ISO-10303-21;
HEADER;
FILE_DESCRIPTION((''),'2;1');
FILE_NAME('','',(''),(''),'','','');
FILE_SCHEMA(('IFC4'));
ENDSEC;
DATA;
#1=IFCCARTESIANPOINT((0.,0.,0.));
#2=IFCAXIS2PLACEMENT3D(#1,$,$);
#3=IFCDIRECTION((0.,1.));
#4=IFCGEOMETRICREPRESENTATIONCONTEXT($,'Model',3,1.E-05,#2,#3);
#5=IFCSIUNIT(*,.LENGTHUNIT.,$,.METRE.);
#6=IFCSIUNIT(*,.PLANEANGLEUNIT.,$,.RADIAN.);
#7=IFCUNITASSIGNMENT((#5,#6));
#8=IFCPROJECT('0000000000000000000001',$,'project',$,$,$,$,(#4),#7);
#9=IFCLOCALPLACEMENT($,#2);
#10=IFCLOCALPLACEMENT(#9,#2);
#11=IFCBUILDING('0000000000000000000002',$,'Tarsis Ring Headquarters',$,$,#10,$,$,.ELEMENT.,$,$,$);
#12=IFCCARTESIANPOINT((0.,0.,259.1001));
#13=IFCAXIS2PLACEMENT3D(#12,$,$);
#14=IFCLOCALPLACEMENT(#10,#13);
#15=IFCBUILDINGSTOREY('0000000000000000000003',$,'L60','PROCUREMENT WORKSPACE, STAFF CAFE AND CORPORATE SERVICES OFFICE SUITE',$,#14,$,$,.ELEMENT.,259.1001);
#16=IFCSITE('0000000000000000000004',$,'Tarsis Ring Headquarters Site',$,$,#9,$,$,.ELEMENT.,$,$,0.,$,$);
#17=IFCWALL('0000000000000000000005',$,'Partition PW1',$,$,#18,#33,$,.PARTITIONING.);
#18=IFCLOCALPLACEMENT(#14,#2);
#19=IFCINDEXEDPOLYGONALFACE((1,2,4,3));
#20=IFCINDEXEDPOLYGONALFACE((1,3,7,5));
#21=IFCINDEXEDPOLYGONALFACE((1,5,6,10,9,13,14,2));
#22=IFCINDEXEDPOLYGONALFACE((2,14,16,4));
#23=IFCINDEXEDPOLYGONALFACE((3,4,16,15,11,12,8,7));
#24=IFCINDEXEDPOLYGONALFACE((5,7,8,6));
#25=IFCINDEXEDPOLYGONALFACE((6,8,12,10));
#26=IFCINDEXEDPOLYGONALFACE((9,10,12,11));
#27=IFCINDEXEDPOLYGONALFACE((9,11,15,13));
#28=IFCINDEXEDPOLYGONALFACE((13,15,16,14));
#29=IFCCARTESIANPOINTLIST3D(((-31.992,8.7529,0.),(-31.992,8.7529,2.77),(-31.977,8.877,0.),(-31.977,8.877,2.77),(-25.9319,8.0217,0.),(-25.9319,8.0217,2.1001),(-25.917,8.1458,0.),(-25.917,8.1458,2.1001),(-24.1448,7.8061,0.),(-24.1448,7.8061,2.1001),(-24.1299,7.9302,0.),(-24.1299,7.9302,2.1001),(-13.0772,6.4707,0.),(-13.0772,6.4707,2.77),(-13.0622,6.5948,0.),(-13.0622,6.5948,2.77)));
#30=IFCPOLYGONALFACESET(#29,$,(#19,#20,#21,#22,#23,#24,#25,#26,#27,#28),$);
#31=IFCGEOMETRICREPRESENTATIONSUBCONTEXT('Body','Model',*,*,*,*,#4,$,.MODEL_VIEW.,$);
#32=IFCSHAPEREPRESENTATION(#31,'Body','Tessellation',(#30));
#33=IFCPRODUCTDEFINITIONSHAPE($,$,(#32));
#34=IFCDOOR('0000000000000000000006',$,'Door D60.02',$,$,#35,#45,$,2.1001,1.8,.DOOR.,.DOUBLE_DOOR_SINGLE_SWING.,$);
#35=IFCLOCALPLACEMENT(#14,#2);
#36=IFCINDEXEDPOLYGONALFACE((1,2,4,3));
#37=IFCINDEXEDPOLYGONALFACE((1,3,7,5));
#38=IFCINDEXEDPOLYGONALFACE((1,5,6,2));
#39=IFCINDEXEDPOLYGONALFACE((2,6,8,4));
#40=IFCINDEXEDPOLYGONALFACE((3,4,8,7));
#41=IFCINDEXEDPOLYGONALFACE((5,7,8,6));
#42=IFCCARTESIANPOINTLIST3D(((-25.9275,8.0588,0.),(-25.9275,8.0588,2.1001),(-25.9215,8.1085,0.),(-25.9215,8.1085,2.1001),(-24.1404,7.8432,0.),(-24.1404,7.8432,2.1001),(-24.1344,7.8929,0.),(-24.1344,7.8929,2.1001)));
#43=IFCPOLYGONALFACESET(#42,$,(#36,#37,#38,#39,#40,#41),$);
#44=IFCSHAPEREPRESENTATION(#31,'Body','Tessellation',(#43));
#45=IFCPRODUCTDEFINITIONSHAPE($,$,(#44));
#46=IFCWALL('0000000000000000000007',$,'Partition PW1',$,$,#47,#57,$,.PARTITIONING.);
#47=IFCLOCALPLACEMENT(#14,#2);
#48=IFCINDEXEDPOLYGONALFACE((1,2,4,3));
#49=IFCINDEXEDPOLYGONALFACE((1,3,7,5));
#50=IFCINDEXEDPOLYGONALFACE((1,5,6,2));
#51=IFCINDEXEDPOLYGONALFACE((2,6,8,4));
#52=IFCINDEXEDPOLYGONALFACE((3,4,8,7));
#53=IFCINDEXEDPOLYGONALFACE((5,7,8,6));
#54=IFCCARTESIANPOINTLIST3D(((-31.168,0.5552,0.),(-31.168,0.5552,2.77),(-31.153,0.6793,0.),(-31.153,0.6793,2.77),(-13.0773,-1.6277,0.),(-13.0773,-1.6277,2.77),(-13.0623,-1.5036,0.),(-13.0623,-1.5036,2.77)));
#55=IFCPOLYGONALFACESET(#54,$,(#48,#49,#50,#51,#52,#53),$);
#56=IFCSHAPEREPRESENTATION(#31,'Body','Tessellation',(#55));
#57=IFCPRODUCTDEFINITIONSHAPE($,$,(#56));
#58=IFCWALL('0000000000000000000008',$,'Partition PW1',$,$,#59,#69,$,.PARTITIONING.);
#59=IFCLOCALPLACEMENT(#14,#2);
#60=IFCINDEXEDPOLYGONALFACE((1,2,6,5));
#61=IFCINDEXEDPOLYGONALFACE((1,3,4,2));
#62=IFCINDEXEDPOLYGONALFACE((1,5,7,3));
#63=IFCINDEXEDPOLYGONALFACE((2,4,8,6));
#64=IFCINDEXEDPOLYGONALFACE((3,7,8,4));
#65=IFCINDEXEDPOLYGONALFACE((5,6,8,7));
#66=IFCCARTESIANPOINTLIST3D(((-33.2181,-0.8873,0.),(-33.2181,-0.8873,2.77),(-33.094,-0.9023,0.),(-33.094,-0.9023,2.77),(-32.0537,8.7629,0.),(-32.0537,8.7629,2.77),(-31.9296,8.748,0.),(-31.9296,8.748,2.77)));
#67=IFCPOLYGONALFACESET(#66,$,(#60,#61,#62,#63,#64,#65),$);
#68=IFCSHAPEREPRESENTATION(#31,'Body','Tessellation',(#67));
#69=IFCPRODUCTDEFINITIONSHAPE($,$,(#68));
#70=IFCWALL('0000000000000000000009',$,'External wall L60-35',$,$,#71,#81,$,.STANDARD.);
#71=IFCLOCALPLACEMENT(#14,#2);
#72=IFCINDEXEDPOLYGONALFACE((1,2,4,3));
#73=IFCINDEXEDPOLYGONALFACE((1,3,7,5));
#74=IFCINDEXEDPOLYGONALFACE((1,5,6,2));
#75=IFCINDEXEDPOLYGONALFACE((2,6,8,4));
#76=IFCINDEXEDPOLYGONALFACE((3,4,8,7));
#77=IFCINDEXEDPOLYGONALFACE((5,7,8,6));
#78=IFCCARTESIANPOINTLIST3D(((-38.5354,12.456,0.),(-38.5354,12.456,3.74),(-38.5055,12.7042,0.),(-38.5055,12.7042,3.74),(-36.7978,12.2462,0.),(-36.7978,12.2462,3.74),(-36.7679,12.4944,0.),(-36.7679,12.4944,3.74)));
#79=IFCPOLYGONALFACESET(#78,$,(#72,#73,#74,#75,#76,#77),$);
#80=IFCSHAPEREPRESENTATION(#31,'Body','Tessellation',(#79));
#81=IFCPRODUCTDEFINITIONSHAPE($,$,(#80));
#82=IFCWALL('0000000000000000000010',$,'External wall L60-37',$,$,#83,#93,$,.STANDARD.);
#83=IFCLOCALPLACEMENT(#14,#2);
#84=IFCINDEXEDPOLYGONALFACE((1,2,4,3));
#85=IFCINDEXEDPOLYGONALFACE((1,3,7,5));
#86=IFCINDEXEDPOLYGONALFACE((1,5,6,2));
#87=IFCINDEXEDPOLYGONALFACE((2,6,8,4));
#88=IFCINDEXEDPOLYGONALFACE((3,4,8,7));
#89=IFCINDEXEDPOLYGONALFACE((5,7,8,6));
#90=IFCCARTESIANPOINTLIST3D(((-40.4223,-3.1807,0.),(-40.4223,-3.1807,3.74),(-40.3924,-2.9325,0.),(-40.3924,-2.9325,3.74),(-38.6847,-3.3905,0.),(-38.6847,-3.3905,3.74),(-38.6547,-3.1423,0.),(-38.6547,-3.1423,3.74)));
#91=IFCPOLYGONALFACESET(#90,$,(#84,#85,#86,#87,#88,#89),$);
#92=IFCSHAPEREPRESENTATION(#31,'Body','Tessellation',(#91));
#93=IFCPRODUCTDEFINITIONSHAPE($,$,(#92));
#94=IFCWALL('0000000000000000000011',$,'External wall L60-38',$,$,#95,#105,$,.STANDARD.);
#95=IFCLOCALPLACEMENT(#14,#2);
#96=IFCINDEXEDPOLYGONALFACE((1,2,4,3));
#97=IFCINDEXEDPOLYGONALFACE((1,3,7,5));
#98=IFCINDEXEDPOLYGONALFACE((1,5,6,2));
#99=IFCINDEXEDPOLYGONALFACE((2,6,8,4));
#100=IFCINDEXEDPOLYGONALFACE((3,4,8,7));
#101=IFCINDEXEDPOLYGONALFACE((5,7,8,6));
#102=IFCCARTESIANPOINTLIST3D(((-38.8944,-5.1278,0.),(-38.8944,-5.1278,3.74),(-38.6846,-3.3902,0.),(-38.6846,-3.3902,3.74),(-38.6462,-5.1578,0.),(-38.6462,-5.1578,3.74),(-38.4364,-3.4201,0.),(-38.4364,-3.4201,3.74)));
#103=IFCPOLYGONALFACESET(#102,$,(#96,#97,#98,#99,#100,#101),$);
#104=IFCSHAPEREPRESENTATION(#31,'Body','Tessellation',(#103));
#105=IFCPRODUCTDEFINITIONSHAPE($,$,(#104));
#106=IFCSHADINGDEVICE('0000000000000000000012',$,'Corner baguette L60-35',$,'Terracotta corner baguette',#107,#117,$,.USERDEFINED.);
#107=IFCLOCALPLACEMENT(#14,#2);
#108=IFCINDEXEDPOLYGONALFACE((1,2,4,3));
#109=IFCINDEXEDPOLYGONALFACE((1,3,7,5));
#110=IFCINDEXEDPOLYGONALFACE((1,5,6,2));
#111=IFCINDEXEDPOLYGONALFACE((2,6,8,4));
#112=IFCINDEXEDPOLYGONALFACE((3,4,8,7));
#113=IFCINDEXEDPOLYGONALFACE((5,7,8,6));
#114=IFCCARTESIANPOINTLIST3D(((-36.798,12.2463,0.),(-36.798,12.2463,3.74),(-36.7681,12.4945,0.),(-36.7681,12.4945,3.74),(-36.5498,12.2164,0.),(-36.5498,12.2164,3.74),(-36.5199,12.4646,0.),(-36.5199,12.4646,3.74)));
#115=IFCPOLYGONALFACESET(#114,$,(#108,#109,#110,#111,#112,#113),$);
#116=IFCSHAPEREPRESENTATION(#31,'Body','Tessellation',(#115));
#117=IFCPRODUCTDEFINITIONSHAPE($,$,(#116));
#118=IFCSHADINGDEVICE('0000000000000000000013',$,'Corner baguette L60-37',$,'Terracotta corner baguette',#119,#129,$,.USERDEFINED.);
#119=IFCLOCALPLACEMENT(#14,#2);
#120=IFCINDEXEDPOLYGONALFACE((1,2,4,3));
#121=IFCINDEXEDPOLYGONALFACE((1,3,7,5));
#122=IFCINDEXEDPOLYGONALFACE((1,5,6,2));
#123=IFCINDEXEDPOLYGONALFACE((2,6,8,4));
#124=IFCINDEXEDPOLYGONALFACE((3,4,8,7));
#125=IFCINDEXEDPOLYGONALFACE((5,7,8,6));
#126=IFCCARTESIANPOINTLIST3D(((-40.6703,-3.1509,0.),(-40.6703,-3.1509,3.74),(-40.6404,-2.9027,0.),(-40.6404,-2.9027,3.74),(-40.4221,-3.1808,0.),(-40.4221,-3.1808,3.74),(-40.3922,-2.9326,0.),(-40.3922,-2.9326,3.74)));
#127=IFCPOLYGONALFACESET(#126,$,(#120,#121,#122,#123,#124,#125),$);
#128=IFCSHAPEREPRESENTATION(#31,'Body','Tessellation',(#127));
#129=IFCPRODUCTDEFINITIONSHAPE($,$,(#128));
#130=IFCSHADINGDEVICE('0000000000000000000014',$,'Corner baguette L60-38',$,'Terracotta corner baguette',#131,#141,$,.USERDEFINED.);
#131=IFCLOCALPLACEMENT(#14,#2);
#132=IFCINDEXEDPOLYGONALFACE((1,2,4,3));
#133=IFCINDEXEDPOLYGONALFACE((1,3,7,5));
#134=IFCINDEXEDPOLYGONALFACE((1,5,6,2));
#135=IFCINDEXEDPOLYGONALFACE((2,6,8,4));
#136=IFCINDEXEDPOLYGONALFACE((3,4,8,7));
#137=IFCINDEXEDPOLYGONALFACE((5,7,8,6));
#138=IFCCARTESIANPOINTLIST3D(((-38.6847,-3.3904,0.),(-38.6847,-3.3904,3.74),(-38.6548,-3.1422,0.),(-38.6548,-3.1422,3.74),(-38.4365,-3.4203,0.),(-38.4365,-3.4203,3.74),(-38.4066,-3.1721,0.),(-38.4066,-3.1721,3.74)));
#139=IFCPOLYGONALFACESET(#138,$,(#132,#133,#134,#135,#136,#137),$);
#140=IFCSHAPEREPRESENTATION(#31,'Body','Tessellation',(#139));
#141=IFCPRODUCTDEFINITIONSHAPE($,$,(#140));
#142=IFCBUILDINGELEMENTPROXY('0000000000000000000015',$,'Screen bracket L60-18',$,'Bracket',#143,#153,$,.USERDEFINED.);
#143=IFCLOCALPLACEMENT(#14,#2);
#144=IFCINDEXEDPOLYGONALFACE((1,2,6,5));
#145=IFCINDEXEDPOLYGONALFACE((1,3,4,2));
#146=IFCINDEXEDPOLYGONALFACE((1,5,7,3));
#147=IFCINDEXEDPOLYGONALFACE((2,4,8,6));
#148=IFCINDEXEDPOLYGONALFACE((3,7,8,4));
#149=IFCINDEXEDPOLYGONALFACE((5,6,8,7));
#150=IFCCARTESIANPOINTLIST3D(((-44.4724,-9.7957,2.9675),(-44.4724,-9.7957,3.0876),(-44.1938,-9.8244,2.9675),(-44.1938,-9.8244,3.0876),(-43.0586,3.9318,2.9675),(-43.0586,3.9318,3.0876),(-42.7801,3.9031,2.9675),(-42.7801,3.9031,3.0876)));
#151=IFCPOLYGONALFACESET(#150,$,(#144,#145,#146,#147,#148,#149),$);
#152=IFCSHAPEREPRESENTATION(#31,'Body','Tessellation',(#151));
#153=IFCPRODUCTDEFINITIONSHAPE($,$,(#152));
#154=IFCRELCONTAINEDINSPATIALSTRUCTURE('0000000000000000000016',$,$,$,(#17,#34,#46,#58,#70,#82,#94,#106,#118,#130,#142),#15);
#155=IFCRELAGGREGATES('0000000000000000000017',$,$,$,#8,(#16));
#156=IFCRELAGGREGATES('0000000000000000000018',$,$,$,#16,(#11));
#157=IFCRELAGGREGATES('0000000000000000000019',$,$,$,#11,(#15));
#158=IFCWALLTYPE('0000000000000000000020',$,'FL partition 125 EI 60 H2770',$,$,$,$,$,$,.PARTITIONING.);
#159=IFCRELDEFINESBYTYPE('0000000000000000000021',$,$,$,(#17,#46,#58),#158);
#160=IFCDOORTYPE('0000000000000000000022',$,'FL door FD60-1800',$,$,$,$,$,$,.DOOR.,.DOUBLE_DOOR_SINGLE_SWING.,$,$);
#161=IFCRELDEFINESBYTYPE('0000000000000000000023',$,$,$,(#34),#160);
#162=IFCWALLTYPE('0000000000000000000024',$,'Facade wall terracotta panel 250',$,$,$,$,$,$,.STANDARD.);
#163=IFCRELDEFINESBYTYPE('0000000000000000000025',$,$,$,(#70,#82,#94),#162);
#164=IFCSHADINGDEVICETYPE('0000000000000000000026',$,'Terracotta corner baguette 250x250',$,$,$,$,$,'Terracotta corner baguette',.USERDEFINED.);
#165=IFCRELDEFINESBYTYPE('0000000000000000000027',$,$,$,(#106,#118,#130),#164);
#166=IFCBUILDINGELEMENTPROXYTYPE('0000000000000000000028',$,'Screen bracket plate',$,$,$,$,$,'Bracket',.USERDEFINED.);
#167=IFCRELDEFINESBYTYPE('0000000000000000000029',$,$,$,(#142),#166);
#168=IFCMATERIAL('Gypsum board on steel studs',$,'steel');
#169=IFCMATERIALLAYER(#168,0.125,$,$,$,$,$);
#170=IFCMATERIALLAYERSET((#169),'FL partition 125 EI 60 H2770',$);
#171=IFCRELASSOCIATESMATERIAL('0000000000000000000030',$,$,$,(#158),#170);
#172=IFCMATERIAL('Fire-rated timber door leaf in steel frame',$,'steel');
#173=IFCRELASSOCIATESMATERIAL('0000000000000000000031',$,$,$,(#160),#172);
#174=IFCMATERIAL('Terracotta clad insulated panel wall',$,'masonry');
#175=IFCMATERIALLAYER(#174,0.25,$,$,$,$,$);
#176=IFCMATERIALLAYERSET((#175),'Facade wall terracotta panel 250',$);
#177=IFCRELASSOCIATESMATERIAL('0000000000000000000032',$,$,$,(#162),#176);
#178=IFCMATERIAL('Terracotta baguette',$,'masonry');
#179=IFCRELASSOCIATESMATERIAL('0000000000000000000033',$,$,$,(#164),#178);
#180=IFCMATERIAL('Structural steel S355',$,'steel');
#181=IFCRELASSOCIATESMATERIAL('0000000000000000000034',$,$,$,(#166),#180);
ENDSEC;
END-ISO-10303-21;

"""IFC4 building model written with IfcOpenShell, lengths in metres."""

from ifc_helpers import new_model, si_unit, direction, frame, frame_2d, origin, origin_2d, place, context, subcontext, project, spatial, rectangle, extrude, material, layer, layer_set, type_object, element, fill, save


model = new_model("IFC4")

# Units and contexts
model_context = context("Model", 3, precision=1e-05, world=origin(), true_north=direction((0.0, 1.0)))
body_context = subcontext(model_context, "Body", "Model", "MODEL_VIEW")
ifc_project = project(units=[si_unit("LENGTHUNIT", "METRE"), si_unit("PLANEANGLEUNIT", "RADIAN")], contexts=[model_context])

# Site, building, storey
site_placement = place(None, origin())
site = spatial("IfcSite", under=ifc_project, at=site_placement, Name="Tarsis Ring Headquarters Site", CompositionType="ELEMENT", RefElevation=0.0)
building_placement = place(site_placement, origin())
building = spatial("IfcBuilding", under=site, at=building_placement, Name="Tarsis Ring Headquarters", CompositionType="ELEMENT")
storey_placement = place(building_placement, frame((0.0, 0.0, 259.1001)))
storey = spatial("IfcBuildingStorey", under=building, at=storey_placement, Name="L60", Description="PROCUREMENT WORKSPACE, STAFF CAFE AND CORPORATE SERVICES OFFICE SUITE", CompositionType="ELEMENT", Elevation=259.1001)

# Shared definitions
ifc_material_1 = material(Name="Structural steel S355", Category="steel")

# Shared definitions
ifc_material_2 = material(Name="Gypsum board on steel studs", Category="steel")

# Wall, opening, door
ifc_layer_1 = layer(ifc_material_2, 0.125)
ifc_layer_set_1 = layer_set([ifc_layer_1], Name="FL partition 125 EI 60 H2770")
wall_type_1 = type_object("IfcWallType", Name="FL partition 125 EI 60 H2770", PredefinedType="PARTITIONING", material=ifc_layer_set_1)
ifc_material_3 = material(Name="Fire-rated timber door leaf in steel frame", Category="steel")
wall_1_placement = place(storey_placement, frame((-31.9844, 8.8149, 0.0), z_axis=(0.0, 0.0, 1.0), x_axis=(0.992799, -0.119789, 0.0)))
wall_1 = element("IfcWall", 1, at=wall_1_placement, inside=storey, type_object=wall_type_1, Name="Partition PW1", PredefinedType="PARTITIONING", context=body_context, shape_type="SweptSolid", body=[
    extrude(rectangle(XDim=19.052, YDim=0.125, at=frame_2d((9.5259, 0.0))), origin(), (0.0, 0.0, 1.0), 2.77),
])
opening_1_placement = place(wall_1_placement, frame((6.104, 0.0, 0.0)))
opening_1 = element("IfcOpeningElement", 2, at=opening_1_placement, cuts=wall_1, PredefinedType="OPENING", context=body_context, shape_type="SweptSolid", body=[
    extrude(rectangle(XDim=1.8, YDim=2.1001, at=frame_2d((0.8999, 1.05))), frame((0.0, 0.0725, 0.0), z_axis=(0.0, -1.0, 0.0), x_axis=(1.0, 0.0, 0.0)), (0.0, 0.0, 1.0), 0.145),
])
door_type_1 = type_object("IfcDoorType", Name="FL door FD60-1800", OperationType="DOUBLE_DOOR_SINGLE_SWING", PredefinedType="DOOR", material=ifc_material_3)
door_1_placement = place(opening_1_placement, origin())
door_1 = element("IfcDoor", 3, at=door_1_placement, inside=storey, type_object=door_type_1, Name="Door D60.02", OperationType="DOUBLE_DOOR_SINGLE_SWING", OverallHeight=2.1001, OverallWidth=1.8, PredefinedType="DOOR", context=body_context, shape_type="SweptSolid", body=[
    extrude(rectangle(XDim=1.8, YDim=2.1001, at=frame_2d((0.8999, 1.05))), frame((0.0, 0.0249, 0.0), z_axis=(0.0, -1.0, 0.0), x_axis=(1.0, 0.0, 0.0)), (0.0, 0.0, 1.0), 0.05),
])
fill(opening_1, door_1)

# Walls
wall_2_placement = place(storey_placement, frame((-31.1604, 0.6172, 0.0), z_axis=(0.0, 0.0, 1.0), x_axis=(0.992799, -0.119792, 0.0)))
element("IfcWall", 4, at=wall_2_placement, inside=storey, type_object=wall_type_1, Name="Partition PW1", PredefinedType="PARTITIONING", context=body_context, shape_type="SweptSolid", body=[
    extrude(rectangle(XDim=18.2219, YDim=0.125, at=frame_2d((9.1108, 0.0))), origin(), (0.0, 0.0, 1.0), 2.77),
])
wall_3_placement = place(storey_placement, frame((-33.156, -0.8948, 0.0), z_axis=(0.0, 0.0, 1.0), x_axis=(0.119783, 0.9928, 0.0)))
element("IfcWall", 5, at=wall_3_placement, inside=storey, type_object=wall_type_1, Name="Partition PW1", PredefinedType="PARTITIONING", context=body_context, shape_type="SweptSolid", body=[
    extrude(rectangle(XDim=9.7202, YDim=0.125, at=frame_2d((4.8601, 0.0))), origin(), (0.0, 0.0, 1.0), 2.77),
])
ifc_material_4 = material(Name="Terracotta clad insulated panel wall", Category="masonry")
ifc_layer_2 = layer(ifc_material_4, 0.25)
ifc_layer_set_2 = layer_set([ifc_layer_2], Name="Facade wall terracotta panel 250")
wall_type_2 = type_object("IfcWallType", Name="Facade wall terracotta panel 250", PredefinedType="STANDARD", material=ifc_layer_set_2)
for number, where, z_axis, x_axis, name in (
    (6, (-36.783, 12.3704, 0.0), (0.0, 0.0, 1.0), (-0.992795, 0.119827, 0.0), "External wall L60-35"),
    (7, (-40.4072, -3.0566, 0.0), (0.0, 0.0, 1.0), (0.992795, -0.119827, 0.0), "External wall L60-37"),
    (8, (-38.5605, -3.4053, 0.0), (0.0, 0.0, 1.0), (-0.119827, -0.992795, 0.0), "External wall L60-38"),
):
    element("IfcWall", number, at=place(storey_placement, frame(where, z_axis=z_axis, x_axis=x_axis)), inside=storey, type_object=wall_type_2, Name=name, PredefinedType="STANDARD", context=body_context, shape_type="SweptSolid", body=[
        extrude(rectangle(XDim=1.7502, YDim=0.25, at=frame_2d((0.875, 0.0))), origin(), (0.0, 0.0, 1.0), 3.74),
    ])

# Shading devices
ifc_material_5 = material(Name="Terracotta baguette", Category="masonry")
shading_device_type_1 = type_object("IfcShadingDeviceType", Name="Terracotta corner baguette 250x250", ElementType="Terracotta corner baguette", PredefinedType="USERDEFINED", material=ifc_material_5)
for number, where, z_axis, x_axis, name in (
    (9, (-36.6589, 12.3555, 0.0), (0.0, 0.0, 1.0), (-0.119791, -0.992799, 0.0), "Corner baguette L60-35"),
    (10, (-40.5312, -3.0417, 0.0), (0.0, 0.0, 1.0), (-0.11979, -0.992799, 0.0), "Corner baguette L60-37"),
    (11, (-38.5457, -3.2812, 0.0), (0.0, 0.0, 1.0), (0.992799, -0.11979, 0.0), "Corner baguette L60-38"),
):
    element("IfcShadingDevice", number, at=place(storey_placement, frame(where, z_axis=z_axis, x_axis=x_axis)), inside=storey, type_object=shading_device_type_1, Name=name, ObjectType="Terracotta corner baguette", PredefinedType="USERDEFINED", context=body_context, shape_type="SweptSolid", body=[
        extrude(rectangle(XDim=0.25, YDim=0.25, at=origin_2d()), origin(), (0.0, 0.0, 1.0), 3.74),
    ])

# Building element proxy
building_element_proxy_type = type_object("IfcBuildingElementProxyType", Name="Screen bracket plate", ElementType="Bracket", PredefinedType="USERDEFINED", material=ifc_material_1)
proxy_placement = place(storey_placement, frame((-43.6262, -2.9463, 2.9675), z_axis=(0.0, 0.0, 1.0), x_axis=(-0.102445, -0.994739, 0.0)))
element("IfcBuildingElementProxy", 12, at=proxy_placement, inside=storey, type_object=building_element_proxy_type, Name="Screen bracket L60-18", ObjectType="Bracket", PredefinedType="USERDEFINED", context=body_context, shape_type="SweptSolid", body=[
    extrude(rectangle(XDim=13.8, YDim=0.28, at=origin_2d()), origin(), (0.0, 0.0, 1.0), 0.1201),
])

save(model, "model.ifc")
